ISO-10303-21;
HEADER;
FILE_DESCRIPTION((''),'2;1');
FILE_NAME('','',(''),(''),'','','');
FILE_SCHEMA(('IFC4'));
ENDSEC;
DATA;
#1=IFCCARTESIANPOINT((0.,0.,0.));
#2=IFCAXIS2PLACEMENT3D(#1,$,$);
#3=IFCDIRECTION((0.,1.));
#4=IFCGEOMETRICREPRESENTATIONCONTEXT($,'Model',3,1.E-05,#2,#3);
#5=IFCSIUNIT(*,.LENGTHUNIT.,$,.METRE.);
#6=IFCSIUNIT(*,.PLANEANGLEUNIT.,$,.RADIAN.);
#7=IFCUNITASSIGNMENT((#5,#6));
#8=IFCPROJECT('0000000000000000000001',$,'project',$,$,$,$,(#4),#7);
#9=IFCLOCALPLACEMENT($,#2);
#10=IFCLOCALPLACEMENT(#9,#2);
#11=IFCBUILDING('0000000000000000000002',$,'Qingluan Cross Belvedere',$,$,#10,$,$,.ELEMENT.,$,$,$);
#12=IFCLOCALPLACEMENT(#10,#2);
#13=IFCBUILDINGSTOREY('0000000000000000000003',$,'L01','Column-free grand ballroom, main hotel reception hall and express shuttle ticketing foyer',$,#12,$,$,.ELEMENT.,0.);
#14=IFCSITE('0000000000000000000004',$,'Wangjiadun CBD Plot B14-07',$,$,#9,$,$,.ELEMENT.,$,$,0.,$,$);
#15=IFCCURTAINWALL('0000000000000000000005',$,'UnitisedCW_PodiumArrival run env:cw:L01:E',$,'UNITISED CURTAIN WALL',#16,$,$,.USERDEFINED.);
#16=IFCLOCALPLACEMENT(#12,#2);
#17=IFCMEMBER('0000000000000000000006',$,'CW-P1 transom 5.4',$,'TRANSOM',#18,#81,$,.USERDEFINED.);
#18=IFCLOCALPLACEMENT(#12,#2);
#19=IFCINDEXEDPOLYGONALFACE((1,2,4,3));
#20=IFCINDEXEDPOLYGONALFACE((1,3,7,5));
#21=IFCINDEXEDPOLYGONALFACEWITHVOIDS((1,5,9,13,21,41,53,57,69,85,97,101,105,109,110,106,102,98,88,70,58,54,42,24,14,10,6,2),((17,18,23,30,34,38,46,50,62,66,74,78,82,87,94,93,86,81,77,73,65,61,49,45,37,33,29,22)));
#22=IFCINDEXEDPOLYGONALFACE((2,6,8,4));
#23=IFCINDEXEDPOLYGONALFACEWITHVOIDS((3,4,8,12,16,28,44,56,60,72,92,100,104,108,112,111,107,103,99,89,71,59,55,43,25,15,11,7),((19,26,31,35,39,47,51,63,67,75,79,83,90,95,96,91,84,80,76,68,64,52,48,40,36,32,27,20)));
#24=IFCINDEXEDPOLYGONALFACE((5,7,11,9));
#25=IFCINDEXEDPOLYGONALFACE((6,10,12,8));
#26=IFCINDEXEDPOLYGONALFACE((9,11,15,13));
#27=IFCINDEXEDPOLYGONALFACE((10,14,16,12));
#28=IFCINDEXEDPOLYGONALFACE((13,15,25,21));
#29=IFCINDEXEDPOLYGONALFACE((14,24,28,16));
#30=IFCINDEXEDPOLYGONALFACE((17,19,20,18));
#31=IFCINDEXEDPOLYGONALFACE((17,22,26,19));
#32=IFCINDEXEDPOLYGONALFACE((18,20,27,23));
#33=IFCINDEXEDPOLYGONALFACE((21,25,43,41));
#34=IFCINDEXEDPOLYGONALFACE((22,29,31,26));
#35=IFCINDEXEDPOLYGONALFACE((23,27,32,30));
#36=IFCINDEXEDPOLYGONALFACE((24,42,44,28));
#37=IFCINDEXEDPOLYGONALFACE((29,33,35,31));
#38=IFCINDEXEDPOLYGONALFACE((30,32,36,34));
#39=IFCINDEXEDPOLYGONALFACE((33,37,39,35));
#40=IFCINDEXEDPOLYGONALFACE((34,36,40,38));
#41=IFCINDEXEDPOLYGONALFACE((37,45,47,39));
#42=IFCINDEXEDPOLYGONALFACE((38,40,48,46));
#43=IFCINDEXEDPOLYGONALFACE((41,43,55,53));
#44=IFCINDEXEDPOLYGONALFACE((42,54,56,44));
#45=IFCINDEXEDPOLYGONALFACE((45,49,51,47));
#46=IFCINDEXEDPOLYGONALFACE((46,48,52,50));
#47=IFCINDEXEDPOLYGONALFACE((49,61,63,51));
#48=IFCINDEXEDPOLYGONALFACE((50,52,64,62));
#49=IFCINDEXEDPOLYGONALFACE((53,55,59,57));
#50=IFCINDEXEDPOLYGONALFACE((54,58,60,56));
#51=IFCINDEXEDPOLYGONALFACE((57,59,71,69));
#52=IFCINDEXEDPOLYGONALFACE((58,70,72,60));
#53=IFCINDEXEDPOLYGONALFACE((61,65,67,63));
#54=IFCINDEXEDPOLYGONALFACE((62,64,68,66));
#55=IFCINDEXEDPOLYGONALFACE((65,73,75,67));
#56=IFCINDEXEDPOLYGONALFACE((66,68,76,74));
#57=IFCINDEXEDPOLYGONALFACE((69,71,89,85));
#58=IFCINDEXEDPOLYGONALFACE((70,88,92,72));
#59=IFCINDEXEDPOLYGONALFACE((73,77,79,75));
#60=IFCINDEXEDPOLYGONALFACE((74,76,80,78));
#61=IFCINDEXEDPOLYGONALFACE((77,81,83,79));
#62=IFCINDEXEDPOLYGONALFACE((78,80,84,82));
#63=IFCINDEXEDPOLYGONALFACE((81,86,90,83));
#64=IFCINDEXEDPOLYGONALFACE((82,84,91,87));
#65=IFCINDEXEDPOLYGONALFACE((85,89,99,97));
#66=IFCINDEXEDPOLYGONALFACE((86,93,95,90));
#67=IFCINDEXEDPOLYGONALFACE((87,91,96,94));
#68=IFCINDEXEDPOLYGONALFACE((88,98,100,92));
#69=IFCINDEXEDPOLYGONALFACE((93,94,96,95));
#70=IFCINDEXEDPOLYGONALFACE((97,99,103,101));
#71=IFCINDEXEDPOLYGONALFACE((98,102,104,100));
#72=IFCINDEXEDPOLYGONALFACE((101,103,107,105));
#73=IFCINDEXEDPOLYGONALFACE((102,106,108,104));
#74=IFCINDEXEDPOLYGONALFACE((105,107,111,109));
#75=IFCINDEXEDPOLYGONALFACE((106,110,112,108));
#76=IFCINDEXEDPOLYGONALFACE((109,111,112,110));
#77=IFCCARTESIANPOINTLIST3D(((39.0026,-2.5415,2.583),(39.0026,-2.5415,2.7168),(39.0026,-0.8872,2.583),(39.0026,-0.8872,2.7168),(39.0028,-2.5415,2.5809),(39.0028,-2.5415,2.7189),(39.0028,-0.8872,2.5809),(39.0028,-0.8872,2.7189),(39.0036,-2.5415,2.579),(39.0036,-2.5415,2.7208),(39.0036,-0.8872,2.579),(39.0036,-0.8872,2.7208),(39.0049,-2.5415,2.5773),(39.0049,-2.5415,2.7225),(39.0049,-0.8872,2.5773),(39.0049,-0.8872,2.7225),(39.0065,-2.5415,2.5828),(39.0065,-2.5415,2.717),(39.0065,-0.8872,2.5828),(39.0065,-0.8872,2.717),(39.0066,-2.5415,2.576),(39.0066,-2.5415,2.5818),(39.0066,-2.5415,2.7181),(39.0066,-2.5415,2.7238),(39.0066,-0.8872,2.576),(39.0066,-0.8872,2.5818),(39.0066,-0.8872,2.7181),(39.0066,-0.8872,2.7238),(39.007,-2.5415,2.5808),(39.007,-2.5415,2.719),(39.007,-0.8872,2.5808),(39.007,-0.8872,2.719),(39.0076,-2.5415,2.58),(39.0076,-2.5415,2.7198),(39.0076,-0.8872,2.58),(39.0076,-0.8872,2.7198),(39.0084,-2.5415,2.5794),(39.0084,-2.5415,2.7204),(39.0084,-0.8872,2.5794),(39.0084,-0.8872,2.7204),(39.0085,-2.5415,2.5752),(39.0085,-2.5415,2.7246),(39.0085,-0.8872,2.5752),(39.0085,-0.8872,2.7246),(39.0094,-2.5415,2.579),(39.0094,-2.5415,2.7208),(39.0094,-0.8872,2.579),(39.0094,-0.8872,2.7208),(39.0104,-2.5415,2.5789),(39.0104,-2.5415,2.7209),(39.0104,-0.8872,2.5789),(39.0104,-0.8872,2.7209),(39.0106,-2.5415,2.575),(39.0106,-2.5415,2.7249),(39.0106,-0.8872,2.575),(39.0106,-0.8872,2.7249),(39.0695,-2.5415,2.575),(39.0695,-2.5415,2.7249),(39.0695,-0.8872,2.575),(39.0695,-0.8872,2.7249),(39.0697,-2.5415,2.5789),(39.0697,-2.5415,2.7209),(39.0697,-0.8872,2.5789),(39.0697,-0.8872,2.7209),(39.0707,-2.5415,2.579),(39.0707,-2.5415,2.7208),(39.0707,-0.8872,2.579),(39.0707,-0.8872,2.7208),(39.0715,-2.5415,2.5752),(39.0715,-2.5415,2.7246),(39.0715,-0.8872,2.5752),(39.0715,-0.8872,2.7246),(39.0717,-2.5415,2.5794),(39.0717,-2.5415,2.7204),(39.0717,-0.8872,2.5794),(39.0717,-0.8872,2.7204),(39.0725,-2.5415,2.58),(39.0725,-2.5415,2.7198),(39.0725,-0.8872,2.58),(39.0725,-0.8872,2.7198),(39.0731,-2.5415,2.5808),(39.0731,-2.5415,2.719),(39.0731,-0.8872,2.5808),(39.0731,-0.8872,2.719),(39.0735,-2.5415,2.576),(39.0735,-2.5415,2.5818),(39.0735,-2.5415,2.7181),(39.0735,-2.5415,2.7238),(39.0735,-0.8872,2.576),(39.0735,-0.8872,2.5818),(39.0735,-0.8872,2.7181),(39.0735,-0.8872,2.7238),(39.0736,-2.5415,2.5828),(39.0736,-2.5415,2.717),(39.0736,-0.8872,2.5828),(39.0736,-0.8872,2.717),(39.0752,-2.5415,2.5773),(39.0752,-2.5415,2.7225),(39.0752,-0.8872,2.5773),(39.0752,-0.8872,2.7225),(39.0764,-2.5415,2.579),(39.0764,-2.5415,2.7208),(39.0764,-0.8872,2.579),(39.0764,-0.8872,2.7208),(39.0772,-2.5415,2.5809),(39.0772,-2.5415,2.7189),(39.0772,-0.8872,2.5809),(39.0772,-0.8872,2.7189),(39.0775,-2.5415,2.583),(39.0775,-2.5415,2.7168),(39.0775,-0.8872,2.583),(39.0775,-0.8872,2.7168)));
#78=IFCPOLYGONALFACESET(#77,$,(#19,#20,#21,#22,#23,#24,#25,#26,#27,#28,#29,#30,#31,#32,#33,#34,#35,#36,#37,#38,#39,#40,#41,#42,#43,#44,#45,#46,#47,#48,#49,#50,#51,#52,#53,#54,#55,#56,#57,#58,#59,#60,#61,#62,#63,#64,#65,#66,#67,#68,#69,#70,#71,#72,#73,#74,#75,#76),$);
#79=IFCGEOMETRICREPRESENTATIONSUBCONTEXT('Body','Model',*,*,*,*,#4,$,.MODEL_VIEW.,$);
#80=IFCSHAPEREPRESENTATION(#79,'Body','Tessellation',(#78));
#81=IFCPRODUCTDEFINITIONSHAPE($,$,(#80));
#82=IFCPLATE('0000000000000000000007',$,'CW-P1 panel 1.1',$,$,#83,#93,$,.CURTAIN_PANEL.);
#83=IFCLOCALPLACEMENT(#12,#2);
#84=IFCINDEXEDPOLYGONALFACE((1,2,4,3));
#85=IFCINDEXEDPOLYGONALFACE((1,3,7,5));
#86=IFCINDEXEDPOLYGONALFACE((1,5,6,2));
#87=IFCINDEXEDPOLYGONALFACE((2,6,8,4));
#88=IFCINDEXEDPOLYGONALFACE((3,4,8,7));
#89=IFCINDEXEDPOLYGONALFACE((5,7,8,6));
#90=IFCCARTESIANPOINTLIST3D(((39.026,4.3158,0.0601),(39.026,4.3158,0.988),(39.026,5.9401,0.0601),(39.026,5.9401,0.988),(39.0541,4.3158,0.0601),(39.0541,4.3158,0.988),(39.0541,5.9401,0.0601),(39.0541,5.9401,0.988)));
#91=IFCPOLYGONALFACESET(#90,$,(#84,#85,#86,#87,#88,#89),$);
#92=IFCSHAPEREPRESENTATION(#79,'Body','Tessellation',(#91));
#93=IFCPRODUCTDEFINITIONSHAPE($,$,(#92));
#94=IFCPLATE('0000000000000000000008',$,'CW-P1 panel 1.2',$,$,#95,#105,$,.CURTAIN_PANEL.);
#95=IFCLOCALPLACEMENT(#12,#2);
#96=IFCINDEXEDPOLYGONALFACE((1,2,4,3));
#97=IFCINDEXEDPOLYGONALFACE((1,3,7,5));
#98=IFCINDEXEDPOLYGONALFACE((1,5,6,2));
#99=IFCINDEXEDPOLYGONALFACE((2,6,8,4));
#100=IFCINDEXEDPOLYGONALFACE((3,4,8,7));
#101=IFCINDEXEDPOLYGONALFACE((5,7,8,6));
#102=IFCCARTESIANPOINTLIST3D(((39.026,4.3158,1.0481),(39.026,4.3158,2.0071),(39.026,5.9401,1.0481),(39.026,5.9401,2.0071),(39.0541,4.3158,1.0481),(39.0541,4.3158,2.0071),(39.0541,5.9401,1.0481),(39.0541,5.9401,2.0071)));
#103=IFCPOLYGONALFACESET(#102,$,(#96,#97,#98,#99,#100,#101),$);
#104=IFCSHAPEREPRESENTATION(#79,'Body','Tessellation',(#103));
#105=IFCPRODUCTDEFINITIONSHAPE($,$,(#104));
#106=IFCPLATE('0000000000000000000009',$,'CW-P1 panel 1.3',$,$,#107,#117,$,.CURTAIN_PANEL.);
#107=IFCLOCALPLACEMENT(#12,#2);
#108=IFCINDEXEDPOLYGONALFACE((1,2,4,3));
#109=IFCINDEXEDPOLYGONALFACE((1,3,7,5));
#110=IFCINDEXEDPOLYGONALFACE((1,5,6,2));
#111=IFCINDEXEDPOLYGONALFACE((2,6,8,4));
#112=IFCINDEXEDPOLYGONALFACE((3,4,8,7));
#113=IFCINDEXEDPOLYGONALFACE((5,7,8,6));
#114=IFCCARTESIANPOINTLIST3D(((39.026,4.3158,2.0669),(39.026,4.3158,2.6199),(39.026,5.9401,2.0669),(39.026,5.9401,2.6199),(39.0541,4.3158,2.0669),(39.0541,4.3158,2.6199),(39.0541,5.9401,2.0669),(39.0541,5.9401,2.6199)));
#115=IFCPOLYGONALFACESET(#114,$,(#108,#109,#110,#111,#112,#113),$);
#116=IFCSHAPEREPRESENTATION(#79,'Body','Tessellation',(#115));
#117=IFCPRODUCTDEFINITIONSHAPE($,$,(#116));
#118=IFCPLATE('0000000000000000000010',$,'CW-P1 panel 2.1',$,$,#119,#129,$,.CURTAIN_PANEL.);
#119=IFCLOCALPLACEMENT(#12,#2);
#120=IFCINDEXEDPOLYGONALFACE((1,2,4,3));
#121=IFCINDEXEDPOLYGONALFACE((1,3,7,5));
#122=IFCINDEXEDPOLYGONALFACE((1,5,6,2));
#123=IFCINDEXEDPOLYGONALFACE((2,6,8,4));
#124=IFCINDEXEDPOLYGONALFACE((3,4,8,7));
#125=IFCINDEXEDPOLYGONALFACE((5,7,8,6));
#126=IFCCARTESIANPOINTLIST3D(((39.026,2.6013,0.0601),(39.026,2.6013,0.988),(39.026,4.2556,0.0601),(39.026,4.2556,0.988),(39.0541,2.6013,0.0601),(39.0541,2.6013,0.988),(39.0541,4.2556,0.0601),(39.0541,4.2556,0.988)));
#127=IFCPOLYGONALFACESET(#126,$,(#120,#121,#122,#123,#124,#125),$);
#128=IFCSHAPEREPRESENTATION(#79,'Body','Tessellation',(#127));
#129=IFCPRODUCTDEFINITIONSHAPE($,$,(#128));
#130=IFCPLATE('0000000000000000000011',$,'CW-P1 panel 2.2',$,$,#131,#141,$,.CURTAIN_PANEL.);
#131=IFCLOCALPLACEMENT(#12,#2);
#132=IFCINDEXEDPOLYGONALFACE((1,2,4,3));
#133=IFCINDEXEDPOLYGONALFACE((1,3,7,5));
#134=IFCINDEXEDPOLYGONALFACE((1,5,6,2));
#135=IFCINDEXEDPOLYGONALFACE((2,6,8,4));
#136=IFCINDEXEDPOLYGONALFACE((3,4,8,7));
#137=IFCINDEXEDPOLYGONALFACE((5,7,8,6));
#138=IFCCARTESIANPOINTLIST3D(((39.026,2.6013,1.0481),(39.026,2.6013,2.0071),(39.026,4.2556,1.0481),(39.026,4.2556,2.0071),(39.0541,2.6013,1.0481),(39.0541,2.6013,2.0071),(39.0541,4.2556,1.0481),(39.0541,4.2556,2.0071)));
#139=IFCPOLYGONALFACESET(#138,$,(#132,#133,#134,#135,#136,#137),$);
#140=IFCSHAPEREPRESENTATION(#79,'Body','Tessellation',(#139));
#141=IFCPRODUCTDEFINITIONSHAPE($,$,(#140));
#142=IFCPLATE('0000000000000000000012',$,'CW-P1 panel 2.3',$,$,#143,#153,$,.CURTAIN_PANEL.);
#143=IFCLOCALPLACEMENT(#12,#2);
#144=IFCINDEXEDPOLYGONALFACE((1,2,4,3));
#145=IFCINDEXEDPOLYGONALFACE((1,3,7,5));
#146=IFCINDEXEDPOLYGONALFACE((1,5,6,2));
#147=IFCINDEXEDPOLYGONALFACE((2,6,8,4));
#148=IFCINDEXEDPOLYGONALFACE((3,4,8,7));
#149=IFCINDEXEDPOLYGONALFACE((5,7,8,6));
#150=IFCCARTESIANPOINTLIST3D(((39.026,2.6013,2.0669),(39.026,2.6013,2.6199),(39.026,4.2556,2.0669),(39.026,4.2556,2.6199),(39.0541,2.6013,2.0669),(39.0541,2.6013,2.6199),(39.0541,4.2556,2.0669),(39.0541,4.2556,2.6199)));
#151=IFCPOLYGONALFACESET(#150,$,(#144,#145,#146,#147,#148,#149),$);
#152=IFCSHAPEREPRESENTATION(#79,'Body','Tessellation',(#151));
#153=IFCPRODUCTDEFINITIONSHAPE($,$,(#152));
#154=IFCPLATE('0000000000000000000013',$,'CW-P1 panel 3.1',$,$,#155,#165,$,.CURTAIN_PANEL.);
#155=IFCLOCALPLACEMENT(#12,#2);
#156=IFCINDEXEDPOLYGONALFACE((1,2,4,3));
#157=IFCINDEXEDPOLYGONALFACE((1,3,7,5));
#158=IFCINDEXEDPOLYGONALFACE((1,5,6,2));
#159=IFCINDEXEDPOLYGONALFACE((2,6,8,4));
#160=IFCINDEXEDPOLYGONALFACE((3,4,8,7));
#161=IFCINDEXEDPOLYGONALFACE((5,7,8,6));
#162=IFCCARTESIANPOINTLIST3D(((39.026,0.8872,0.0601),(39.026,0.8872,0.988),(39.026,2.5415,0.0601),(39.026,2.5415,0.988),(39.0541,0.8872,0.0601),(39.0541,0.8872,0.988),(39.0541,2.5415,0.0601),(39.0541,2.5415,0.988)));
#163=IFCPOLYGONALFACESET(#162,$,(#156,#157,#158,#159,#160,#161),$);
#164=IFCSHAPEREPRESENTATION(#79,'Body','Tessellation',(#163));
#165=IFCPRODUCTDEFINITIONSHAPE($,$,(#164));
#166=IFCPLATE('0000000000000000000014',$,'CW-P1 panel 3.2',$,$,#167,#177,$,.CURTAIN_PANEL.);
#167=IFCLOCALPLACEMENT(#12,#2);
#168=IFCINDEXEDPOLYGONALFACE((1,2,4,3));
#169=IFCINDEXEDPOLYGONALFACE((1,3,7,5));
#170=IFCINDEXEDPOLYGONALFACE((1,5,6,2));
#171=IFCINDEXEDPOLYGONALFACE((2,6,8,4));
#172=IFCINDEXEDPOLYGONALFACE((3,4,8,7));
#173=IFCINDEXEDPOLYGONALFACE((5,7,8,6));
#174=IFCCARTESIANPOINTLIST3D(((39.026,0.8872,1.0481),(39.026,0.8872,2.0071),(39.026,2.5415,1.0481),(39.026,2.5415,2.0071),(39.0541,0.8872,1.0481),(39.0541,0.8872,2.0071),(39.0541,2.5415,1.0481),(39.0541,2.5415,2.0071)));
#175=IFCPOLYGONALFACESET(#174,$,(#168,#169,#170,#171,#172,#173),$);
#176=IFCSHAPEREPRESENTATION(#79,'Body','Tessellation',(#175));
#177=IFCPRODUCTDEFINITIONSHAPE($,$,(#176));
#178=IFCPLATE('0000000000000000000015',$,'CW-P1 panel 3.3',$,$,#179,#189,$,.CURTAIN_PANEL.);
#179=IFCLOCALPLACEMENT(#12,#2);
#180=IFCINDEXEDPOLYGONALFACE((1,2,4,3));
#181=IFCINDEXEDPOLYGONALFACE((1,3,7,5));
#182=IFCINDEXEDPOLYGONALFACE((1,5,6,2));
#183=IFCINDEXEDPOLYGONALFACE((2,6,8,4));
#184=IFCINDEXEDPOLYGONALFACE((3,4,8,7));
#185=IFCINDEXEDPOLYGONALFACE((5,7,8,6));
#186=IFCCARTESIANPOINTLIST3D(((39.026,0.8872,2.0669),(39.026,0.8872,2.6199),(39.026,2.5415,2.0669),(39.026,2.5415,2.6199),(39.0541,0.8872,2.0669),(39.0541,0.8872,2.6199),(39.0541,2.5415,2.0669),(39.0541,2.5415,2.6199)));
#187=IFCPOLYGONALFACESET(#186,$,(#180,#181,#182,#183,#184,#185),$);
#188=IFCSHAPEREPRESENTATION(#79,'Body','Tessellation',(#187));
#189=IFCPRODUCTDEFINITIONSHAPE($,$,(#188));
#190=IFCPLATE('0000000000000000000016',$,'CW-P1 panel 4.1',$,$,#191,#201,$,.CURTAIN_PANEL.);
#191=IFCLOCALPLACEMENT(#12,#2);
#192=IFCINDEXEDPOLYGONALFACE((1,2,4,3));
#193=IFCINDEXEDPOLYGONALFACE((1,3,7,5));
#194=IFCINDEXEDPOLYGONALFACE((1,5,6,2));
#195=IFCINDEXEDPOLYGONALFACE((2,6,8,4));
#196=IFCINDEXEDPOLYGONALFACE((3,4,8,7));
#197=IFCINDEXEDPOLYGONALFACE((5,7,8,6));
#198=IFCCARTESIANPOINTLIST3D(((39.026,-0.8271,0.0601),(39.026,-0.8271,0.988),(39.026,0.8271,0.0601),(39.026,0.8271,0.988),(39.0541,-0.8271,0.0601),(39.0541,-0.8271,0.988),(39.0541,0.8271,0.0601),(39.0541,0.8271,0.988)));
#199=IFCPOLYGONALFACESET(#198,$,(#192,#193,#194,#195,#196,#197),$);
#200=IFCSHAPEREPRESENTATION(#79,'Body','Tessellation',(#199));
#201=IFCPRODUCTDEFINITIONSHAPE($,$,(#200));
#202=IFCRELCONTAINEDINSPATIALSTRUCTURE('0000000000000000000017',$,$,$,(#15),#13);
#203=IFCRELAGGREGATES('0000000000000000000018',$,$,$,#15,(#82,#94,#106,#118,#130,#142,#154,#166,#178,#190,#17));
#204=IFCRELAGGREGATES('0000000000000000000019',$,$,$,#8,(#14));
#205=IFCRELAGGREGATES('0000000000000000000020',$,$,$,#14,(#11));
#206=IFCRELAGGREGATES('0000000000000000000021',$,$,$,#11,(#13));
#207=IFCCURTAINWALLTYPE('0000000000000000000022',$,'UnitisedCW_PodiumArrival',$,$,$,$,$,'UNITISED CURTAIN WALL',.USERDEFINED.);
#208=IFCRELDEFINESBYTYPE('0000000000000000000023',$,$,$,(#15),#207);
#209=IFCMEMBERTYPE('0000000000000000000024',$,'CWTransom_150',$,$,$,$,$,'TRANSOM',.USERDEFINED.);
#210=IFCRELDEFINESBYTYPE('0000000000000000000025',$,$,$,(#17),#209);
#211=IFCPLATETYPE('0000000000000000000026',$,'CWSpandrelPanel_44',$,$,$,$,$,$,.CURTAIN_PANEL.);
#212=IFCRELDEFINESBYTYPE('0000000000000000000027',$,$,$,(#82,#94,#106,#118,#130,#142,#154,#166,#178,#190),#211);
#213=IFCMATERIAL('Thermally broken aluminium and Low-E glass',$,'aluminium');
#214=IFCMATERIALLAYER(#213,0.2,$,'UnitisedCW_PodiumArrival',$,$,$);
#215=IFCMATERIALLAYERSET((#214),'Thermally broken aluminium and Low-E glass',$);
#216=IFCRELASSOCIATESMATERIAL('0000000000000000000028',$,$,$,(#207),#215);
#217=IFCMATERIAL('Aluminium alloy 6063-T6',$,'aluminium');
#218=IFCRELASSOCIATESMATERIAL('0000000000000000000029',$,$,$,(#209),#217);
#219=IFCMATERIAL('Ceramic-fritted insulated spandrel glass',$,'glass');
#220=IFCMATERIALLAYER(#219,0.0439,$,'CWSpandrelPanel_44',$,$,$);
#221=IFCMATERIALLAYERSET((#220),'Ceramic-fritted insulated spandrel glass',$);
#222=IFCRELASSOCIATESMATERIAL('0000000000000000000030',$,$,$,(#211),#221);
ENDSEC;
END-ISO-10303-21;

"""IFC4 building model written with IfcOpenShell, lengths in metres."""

from ifc_helpers import new_model, si_unit, direction, frame, origin, origin_2d, place, context, subcontext, project, spatial, rectangle, hollow_rectangle, extrude, material, layer, layer_set, material_profile, profile_set, type_object, element, aggregate, save


model = new_model("IFC4")

# Units and contexts
model_context = context("Model", 3, precision=1e-05, world=origin(), true_north=direction((0.0, 1.0)))
body_context = subcontext(model_context, "Body", "Model", "MODEL_VIEW")
ifc_project = project(units=[si_unit("LENGTHUNIT", "METRE"), si_unit("PLANEANGLEUNIT", "RADIAN")], contexts=[model_context])

# Site, building, storey
site_placement = place(None, origin())
site = spatial("IfcSite", under=ifc_project, at=site_placement, Name="Wangjiadun CBD Plot B14-07", CompositionType="ELEMENT", RefElevation=0.0)
building_placement = place(site_placement, origin())
building = spatial("IfcBuilding", under=site, at=building_placement, Name="Qingluan Cross Belvedere", CompositionType="ELEMENT")
storey_placement = place(building_placement, origin())
storey = spatial("IfcBuildingStorey", under=building, at=storey_placement, Name="L01", Description="Column-free grand ballroom, main hotel reception hall and express shuttle ticketing foyer", CompositionType="ELEMENT", Elevation=0.0)

# Curtain wall, member, plates
ifc_material_1 = material(Name="Thermally broken aluminium and Low-E glass", Category="aluminium")
ifc_layer_1 = layer(ifc_material_1, 0.2, Name="UnitisedCW_PodiumArrival")
ifc_layer_set_1 = layer_set([ifc_layer_1], Name="Thermally broken aluminium and Low-E glass")
curtain_wall_type = type_object("IfcCurtainWallType", Name="UnitisedCW_PodiumArrival", ElementType="UNITISED CURTAIN WALL", PredefinedType="USERDEFINED", material=ifc_layer_set_1)
curtain_wall_placement = place(storey_placement, origin())
curtain_wall = element("IfcCurtainWall", 1, at=curtain_wall_placement, inside=storey, type_object=curtain_wall_type, Name="UnitisedCW_PodiumArrival run env:cw:L01:E", ObjectType="UNITISED CURTAIN WALL", PredefinedType="USERDEFINED")
ifc_material_2 = material(Name="Aluminium alloy 6063-T6", Category="aluminium")
ifc_material_profile_1 = material_profile(ifc_material_2, hollow_rectangle(XDim=0.075, YDim=0.1499, WallThickness=0.0039, InnerFilletRadius=0.0039, OuterFilletRadius=0.0081, at=origin_2d()), Name="CWT150x75x4")
ifc_profile_set_1 = profile_set([ifc_material_profile_1], Name="Aluminium alloy 6063-T6")
member_type_1 = type_object("IfcMemberType", Name="CWTransom_150", ElementType="TRANSOM", PredefinedType="USERDEFINED", material=ifc_profile_set_1)
member_1_placement = place(storey_placement, frame((39.04, -0.8872, 2.6499), z_axis=(0.0, -1.0, 0.0), x_axis=(1.0, 0.0, 0.0)))
member_1 = element("IfcMember", 2, at=member_1_placement, type_object=member_type_1, Name="CW-P1 transom 5.4", ObjectType="TRANSOM", PredefinedType="USERDEFINED", context=body_context, shape_type="SweptSolid", body=[
    extrude(hollow_rectangle(XDim=0.075, YDim=0.1499, WallThickness=0.0039, InnerFilletRadius=0.0039, OuterFilletRadius=0.0081, at=origin_2d()), origin(), (0.0, 0.0, 1.0), 1.6543),
])
ifc_material_3 = material(Name="Ceramic-fritted insulated spandrel glass", Category="glass")
ifc_layer_2 = layer(ifc_material_3, 0.0439, Name="CWSpandrelPanel_44")
ifc_layer_set_2 = layer_set([ifc_layer_2], Name="Ceramic-fritted insulated spandrel glass")
plate_type = type_object("IfcPlateType", Name="CWSpandrelPanel_44", PredefinedType="CURTAIN_PANEL", material=ifc_layer_set_2)
plate_1_placement = place(storey_placement, frame((39.04, 5.1279, 0.0601), z_axis=(0.0, 0.0, 1.0), x_axis=(0.0, -1.0, 0.0)))
plate_1 = element("IfcPlate", 3, at=plate_1_placement, type_object=plate_type, Name="CW-P1 panel 1.1", PredefinedType="CURTAIN_PANEL", context=body_context, shape_type="SweptSolid", body=[
    extrude(rectangle(XDim=1.6243, YDim=0.0281, at=origin_2d()), origin(), (0.0, 0.0, 1.0), 0.928),
])
plate_2_placement = place(storey_placement, frame((39.04, 5.1279, 1.0481), z_axis=(0.0, 0.0, 1.0), x_axis=(0.0, -1.0, 0.0)))
plate_2 = element("IfcPlate", 4, at=plate_2_placement, type_object=plate_type, Name="CW-P1 panel 1.2", PredefinedType="CURTAIN_PANEL", context=body_context, shape_type="SweptSolid", body=[
    extrude(rectangle(XDim=1.6243, YDim=0.0281, at=origin_2d()), origin(), (0.0, 0.0, 1.0), 0.959),
])
plate_3_placement = place(storey_placement, frame((39.04, 5.1279, 2.0669), z_axis=(0.0, 0.0, 1.0), x_axis=(0.0, -1.0, 0.0)))
plate_3 = element("IfcPlate", 5, at=plate_3_placement, type_object=plate_type, Name="CW-P1 panel 1.3", PredefinedType="CURTAIN_PANEL", context=body_context, shape_type="SweptSolid", body=[
    extrude(rectangle(XDim=1.6243, YDim=0.0281, at=origin_2d()), origin(), (0.0, 0.0, 1.0), 0.553),
])
plate_4_placement = place(storey_placement, frame((39.04, 3.4285, 0.0601), z_axis=(0.0, 0.0, 1.0), x_axis=(0.0, -1.0, 0.0)))
plate_4 = element("IfcPlate", 6, at=plate_4_placement, type_object=plate_type, Name="CW-P1 panel 2.1", PredefinedType="CURTAIN_PANEL", context=body_context, shape_type="SweptSolid", body=[
    extrude(rectangle(XDim=1.6543, YDim=0.0281, at=origin_2d()), origin(), (0.0, 0.0, 1.0), 0.928),
])
plate_5_placement = place(storey_placement, frame((39.04, 3.4285, 1.0481), z_axis=(0.0, 0.0, 1.0), x_axis=(0.0, -1.0, 0.0)))
plate_5 = element("IfcPlate", 7, at=plate_5_placement, type_object=plate_type, Name="CW-P1 panel 2.2", PredefinedType="CURTAIN_PANEL", context=body_context, shape_type="SweptSolid", body=[
    extrude(rectangle(XDim=1.6543, YDim=0.0281, at=origin_2d()), origin(), (0.0, 0.0, 1.0), 0.959),
])
plate_6_placement = place(storey_placement, frame((39.04, 3.4285, 2.0669), z_axis=(0.0, 0.0, 1.0), x_axis=(0.0, -1.0, 0.0)))
plate_6 = element("IfcPlate", 8, at=plate_6_placement, type_object=plate_type, Name="CW-P1 panel 2.3", PredefinedType="CURTAIN_PANEL", context=body_context, shape_type="SweptSolid", body=[
    extrude(rectangle(XDim=1.6543, YDim=0.0281, at=origin_2d()), origin(), (0.0, 0.0, 1.0), 0.553),
])
plate_7_placement = place(storey_placement, frame((39.04, 1.7144, 0.0601), z_axis=(0.0, 0.0, 1.0), x_axis=(0.0, -1.0, 0.0)))
plate_7 = element("IfcPlate", 9, at=plate_7_placement, type_object=plate_type, Name="CW-P1 panel 3.1", PredefinedType="CURTAIN_PANEL", context=body_context, shape_type="SweptSolid", body=[
    extrude(rectangle(XDim=1.6543, YDim=0.0281, at=origin_2d()), origin(), (0.0, 0.0, 1.0), 0.928),
])
plate_8_placement = place(storey_placement, frame((39.04, 1.7144, 1.0481), z_axis=(0.0, 0.0, 1.0), x_axis=(0.0, -1.0, 0.0)))
plate_8 = element("IfcPlate", 10, at=plate_8_placement, type_object=plate_type, Name="CW-P1 panel 3.2", PredefinedType="CURTAIN_PANEL", context=body_context, shape_type="SweptSolid", body=[
    extrude(rectangle(XDim=1.6543, YDim=0.0281, at=origin_2d()), origin(), (0.0, 0.0, 1.0), 0.959),
])
plate_9_placement = place(storey_placement, frame((39.04, 1.7144, 2.0669), z_axis=(0.0, 0.0, 1.0), x_axis=(0.0, -1.0, 0.0)))
plate_9 = element("IfcPlate", 11, at=plate_9_placement, type_object=plate_type, Name="CW-P1 panel 3.3", PredefinedType="CURTAIN_PANEL", context=body_context, shape_type="SweptSolid", body=[
    extrude(rectangle(XDim=1.6543, YDim=0.0281, at=origin_2d()), origin(), (0.0, 0.0, 1.0), 0.553),
])
plate_10_placement = place(storey_placement, frame((39.04, 0.0, 0.0601), z_axis=(0.0, 0.0, 1.0), x_axis=(0.0, -1.0, 0.0)))
plate_10 = element("IfcPlate", 12, at=plate_10_placement, type_object=plate_type, Name="CW-P1 panel 4.1", PredefinedType="CURTAIN_PANEL", context=body_context, shape_type="SweptSolid", body=[
    extrude(rectangle(XDim=1.6543, YDim=0.0281, at=origin_2d()), origin(), (0.0, 0.0, 1.0), 0.928),
])
aggregate(curtain_wall, [plate_1, plate_2, plate_3, plate_4, plate_5, plate_6, plate_7, plate_8, plate_9, plate_10, member_1])

save(model, "model.ifc")
